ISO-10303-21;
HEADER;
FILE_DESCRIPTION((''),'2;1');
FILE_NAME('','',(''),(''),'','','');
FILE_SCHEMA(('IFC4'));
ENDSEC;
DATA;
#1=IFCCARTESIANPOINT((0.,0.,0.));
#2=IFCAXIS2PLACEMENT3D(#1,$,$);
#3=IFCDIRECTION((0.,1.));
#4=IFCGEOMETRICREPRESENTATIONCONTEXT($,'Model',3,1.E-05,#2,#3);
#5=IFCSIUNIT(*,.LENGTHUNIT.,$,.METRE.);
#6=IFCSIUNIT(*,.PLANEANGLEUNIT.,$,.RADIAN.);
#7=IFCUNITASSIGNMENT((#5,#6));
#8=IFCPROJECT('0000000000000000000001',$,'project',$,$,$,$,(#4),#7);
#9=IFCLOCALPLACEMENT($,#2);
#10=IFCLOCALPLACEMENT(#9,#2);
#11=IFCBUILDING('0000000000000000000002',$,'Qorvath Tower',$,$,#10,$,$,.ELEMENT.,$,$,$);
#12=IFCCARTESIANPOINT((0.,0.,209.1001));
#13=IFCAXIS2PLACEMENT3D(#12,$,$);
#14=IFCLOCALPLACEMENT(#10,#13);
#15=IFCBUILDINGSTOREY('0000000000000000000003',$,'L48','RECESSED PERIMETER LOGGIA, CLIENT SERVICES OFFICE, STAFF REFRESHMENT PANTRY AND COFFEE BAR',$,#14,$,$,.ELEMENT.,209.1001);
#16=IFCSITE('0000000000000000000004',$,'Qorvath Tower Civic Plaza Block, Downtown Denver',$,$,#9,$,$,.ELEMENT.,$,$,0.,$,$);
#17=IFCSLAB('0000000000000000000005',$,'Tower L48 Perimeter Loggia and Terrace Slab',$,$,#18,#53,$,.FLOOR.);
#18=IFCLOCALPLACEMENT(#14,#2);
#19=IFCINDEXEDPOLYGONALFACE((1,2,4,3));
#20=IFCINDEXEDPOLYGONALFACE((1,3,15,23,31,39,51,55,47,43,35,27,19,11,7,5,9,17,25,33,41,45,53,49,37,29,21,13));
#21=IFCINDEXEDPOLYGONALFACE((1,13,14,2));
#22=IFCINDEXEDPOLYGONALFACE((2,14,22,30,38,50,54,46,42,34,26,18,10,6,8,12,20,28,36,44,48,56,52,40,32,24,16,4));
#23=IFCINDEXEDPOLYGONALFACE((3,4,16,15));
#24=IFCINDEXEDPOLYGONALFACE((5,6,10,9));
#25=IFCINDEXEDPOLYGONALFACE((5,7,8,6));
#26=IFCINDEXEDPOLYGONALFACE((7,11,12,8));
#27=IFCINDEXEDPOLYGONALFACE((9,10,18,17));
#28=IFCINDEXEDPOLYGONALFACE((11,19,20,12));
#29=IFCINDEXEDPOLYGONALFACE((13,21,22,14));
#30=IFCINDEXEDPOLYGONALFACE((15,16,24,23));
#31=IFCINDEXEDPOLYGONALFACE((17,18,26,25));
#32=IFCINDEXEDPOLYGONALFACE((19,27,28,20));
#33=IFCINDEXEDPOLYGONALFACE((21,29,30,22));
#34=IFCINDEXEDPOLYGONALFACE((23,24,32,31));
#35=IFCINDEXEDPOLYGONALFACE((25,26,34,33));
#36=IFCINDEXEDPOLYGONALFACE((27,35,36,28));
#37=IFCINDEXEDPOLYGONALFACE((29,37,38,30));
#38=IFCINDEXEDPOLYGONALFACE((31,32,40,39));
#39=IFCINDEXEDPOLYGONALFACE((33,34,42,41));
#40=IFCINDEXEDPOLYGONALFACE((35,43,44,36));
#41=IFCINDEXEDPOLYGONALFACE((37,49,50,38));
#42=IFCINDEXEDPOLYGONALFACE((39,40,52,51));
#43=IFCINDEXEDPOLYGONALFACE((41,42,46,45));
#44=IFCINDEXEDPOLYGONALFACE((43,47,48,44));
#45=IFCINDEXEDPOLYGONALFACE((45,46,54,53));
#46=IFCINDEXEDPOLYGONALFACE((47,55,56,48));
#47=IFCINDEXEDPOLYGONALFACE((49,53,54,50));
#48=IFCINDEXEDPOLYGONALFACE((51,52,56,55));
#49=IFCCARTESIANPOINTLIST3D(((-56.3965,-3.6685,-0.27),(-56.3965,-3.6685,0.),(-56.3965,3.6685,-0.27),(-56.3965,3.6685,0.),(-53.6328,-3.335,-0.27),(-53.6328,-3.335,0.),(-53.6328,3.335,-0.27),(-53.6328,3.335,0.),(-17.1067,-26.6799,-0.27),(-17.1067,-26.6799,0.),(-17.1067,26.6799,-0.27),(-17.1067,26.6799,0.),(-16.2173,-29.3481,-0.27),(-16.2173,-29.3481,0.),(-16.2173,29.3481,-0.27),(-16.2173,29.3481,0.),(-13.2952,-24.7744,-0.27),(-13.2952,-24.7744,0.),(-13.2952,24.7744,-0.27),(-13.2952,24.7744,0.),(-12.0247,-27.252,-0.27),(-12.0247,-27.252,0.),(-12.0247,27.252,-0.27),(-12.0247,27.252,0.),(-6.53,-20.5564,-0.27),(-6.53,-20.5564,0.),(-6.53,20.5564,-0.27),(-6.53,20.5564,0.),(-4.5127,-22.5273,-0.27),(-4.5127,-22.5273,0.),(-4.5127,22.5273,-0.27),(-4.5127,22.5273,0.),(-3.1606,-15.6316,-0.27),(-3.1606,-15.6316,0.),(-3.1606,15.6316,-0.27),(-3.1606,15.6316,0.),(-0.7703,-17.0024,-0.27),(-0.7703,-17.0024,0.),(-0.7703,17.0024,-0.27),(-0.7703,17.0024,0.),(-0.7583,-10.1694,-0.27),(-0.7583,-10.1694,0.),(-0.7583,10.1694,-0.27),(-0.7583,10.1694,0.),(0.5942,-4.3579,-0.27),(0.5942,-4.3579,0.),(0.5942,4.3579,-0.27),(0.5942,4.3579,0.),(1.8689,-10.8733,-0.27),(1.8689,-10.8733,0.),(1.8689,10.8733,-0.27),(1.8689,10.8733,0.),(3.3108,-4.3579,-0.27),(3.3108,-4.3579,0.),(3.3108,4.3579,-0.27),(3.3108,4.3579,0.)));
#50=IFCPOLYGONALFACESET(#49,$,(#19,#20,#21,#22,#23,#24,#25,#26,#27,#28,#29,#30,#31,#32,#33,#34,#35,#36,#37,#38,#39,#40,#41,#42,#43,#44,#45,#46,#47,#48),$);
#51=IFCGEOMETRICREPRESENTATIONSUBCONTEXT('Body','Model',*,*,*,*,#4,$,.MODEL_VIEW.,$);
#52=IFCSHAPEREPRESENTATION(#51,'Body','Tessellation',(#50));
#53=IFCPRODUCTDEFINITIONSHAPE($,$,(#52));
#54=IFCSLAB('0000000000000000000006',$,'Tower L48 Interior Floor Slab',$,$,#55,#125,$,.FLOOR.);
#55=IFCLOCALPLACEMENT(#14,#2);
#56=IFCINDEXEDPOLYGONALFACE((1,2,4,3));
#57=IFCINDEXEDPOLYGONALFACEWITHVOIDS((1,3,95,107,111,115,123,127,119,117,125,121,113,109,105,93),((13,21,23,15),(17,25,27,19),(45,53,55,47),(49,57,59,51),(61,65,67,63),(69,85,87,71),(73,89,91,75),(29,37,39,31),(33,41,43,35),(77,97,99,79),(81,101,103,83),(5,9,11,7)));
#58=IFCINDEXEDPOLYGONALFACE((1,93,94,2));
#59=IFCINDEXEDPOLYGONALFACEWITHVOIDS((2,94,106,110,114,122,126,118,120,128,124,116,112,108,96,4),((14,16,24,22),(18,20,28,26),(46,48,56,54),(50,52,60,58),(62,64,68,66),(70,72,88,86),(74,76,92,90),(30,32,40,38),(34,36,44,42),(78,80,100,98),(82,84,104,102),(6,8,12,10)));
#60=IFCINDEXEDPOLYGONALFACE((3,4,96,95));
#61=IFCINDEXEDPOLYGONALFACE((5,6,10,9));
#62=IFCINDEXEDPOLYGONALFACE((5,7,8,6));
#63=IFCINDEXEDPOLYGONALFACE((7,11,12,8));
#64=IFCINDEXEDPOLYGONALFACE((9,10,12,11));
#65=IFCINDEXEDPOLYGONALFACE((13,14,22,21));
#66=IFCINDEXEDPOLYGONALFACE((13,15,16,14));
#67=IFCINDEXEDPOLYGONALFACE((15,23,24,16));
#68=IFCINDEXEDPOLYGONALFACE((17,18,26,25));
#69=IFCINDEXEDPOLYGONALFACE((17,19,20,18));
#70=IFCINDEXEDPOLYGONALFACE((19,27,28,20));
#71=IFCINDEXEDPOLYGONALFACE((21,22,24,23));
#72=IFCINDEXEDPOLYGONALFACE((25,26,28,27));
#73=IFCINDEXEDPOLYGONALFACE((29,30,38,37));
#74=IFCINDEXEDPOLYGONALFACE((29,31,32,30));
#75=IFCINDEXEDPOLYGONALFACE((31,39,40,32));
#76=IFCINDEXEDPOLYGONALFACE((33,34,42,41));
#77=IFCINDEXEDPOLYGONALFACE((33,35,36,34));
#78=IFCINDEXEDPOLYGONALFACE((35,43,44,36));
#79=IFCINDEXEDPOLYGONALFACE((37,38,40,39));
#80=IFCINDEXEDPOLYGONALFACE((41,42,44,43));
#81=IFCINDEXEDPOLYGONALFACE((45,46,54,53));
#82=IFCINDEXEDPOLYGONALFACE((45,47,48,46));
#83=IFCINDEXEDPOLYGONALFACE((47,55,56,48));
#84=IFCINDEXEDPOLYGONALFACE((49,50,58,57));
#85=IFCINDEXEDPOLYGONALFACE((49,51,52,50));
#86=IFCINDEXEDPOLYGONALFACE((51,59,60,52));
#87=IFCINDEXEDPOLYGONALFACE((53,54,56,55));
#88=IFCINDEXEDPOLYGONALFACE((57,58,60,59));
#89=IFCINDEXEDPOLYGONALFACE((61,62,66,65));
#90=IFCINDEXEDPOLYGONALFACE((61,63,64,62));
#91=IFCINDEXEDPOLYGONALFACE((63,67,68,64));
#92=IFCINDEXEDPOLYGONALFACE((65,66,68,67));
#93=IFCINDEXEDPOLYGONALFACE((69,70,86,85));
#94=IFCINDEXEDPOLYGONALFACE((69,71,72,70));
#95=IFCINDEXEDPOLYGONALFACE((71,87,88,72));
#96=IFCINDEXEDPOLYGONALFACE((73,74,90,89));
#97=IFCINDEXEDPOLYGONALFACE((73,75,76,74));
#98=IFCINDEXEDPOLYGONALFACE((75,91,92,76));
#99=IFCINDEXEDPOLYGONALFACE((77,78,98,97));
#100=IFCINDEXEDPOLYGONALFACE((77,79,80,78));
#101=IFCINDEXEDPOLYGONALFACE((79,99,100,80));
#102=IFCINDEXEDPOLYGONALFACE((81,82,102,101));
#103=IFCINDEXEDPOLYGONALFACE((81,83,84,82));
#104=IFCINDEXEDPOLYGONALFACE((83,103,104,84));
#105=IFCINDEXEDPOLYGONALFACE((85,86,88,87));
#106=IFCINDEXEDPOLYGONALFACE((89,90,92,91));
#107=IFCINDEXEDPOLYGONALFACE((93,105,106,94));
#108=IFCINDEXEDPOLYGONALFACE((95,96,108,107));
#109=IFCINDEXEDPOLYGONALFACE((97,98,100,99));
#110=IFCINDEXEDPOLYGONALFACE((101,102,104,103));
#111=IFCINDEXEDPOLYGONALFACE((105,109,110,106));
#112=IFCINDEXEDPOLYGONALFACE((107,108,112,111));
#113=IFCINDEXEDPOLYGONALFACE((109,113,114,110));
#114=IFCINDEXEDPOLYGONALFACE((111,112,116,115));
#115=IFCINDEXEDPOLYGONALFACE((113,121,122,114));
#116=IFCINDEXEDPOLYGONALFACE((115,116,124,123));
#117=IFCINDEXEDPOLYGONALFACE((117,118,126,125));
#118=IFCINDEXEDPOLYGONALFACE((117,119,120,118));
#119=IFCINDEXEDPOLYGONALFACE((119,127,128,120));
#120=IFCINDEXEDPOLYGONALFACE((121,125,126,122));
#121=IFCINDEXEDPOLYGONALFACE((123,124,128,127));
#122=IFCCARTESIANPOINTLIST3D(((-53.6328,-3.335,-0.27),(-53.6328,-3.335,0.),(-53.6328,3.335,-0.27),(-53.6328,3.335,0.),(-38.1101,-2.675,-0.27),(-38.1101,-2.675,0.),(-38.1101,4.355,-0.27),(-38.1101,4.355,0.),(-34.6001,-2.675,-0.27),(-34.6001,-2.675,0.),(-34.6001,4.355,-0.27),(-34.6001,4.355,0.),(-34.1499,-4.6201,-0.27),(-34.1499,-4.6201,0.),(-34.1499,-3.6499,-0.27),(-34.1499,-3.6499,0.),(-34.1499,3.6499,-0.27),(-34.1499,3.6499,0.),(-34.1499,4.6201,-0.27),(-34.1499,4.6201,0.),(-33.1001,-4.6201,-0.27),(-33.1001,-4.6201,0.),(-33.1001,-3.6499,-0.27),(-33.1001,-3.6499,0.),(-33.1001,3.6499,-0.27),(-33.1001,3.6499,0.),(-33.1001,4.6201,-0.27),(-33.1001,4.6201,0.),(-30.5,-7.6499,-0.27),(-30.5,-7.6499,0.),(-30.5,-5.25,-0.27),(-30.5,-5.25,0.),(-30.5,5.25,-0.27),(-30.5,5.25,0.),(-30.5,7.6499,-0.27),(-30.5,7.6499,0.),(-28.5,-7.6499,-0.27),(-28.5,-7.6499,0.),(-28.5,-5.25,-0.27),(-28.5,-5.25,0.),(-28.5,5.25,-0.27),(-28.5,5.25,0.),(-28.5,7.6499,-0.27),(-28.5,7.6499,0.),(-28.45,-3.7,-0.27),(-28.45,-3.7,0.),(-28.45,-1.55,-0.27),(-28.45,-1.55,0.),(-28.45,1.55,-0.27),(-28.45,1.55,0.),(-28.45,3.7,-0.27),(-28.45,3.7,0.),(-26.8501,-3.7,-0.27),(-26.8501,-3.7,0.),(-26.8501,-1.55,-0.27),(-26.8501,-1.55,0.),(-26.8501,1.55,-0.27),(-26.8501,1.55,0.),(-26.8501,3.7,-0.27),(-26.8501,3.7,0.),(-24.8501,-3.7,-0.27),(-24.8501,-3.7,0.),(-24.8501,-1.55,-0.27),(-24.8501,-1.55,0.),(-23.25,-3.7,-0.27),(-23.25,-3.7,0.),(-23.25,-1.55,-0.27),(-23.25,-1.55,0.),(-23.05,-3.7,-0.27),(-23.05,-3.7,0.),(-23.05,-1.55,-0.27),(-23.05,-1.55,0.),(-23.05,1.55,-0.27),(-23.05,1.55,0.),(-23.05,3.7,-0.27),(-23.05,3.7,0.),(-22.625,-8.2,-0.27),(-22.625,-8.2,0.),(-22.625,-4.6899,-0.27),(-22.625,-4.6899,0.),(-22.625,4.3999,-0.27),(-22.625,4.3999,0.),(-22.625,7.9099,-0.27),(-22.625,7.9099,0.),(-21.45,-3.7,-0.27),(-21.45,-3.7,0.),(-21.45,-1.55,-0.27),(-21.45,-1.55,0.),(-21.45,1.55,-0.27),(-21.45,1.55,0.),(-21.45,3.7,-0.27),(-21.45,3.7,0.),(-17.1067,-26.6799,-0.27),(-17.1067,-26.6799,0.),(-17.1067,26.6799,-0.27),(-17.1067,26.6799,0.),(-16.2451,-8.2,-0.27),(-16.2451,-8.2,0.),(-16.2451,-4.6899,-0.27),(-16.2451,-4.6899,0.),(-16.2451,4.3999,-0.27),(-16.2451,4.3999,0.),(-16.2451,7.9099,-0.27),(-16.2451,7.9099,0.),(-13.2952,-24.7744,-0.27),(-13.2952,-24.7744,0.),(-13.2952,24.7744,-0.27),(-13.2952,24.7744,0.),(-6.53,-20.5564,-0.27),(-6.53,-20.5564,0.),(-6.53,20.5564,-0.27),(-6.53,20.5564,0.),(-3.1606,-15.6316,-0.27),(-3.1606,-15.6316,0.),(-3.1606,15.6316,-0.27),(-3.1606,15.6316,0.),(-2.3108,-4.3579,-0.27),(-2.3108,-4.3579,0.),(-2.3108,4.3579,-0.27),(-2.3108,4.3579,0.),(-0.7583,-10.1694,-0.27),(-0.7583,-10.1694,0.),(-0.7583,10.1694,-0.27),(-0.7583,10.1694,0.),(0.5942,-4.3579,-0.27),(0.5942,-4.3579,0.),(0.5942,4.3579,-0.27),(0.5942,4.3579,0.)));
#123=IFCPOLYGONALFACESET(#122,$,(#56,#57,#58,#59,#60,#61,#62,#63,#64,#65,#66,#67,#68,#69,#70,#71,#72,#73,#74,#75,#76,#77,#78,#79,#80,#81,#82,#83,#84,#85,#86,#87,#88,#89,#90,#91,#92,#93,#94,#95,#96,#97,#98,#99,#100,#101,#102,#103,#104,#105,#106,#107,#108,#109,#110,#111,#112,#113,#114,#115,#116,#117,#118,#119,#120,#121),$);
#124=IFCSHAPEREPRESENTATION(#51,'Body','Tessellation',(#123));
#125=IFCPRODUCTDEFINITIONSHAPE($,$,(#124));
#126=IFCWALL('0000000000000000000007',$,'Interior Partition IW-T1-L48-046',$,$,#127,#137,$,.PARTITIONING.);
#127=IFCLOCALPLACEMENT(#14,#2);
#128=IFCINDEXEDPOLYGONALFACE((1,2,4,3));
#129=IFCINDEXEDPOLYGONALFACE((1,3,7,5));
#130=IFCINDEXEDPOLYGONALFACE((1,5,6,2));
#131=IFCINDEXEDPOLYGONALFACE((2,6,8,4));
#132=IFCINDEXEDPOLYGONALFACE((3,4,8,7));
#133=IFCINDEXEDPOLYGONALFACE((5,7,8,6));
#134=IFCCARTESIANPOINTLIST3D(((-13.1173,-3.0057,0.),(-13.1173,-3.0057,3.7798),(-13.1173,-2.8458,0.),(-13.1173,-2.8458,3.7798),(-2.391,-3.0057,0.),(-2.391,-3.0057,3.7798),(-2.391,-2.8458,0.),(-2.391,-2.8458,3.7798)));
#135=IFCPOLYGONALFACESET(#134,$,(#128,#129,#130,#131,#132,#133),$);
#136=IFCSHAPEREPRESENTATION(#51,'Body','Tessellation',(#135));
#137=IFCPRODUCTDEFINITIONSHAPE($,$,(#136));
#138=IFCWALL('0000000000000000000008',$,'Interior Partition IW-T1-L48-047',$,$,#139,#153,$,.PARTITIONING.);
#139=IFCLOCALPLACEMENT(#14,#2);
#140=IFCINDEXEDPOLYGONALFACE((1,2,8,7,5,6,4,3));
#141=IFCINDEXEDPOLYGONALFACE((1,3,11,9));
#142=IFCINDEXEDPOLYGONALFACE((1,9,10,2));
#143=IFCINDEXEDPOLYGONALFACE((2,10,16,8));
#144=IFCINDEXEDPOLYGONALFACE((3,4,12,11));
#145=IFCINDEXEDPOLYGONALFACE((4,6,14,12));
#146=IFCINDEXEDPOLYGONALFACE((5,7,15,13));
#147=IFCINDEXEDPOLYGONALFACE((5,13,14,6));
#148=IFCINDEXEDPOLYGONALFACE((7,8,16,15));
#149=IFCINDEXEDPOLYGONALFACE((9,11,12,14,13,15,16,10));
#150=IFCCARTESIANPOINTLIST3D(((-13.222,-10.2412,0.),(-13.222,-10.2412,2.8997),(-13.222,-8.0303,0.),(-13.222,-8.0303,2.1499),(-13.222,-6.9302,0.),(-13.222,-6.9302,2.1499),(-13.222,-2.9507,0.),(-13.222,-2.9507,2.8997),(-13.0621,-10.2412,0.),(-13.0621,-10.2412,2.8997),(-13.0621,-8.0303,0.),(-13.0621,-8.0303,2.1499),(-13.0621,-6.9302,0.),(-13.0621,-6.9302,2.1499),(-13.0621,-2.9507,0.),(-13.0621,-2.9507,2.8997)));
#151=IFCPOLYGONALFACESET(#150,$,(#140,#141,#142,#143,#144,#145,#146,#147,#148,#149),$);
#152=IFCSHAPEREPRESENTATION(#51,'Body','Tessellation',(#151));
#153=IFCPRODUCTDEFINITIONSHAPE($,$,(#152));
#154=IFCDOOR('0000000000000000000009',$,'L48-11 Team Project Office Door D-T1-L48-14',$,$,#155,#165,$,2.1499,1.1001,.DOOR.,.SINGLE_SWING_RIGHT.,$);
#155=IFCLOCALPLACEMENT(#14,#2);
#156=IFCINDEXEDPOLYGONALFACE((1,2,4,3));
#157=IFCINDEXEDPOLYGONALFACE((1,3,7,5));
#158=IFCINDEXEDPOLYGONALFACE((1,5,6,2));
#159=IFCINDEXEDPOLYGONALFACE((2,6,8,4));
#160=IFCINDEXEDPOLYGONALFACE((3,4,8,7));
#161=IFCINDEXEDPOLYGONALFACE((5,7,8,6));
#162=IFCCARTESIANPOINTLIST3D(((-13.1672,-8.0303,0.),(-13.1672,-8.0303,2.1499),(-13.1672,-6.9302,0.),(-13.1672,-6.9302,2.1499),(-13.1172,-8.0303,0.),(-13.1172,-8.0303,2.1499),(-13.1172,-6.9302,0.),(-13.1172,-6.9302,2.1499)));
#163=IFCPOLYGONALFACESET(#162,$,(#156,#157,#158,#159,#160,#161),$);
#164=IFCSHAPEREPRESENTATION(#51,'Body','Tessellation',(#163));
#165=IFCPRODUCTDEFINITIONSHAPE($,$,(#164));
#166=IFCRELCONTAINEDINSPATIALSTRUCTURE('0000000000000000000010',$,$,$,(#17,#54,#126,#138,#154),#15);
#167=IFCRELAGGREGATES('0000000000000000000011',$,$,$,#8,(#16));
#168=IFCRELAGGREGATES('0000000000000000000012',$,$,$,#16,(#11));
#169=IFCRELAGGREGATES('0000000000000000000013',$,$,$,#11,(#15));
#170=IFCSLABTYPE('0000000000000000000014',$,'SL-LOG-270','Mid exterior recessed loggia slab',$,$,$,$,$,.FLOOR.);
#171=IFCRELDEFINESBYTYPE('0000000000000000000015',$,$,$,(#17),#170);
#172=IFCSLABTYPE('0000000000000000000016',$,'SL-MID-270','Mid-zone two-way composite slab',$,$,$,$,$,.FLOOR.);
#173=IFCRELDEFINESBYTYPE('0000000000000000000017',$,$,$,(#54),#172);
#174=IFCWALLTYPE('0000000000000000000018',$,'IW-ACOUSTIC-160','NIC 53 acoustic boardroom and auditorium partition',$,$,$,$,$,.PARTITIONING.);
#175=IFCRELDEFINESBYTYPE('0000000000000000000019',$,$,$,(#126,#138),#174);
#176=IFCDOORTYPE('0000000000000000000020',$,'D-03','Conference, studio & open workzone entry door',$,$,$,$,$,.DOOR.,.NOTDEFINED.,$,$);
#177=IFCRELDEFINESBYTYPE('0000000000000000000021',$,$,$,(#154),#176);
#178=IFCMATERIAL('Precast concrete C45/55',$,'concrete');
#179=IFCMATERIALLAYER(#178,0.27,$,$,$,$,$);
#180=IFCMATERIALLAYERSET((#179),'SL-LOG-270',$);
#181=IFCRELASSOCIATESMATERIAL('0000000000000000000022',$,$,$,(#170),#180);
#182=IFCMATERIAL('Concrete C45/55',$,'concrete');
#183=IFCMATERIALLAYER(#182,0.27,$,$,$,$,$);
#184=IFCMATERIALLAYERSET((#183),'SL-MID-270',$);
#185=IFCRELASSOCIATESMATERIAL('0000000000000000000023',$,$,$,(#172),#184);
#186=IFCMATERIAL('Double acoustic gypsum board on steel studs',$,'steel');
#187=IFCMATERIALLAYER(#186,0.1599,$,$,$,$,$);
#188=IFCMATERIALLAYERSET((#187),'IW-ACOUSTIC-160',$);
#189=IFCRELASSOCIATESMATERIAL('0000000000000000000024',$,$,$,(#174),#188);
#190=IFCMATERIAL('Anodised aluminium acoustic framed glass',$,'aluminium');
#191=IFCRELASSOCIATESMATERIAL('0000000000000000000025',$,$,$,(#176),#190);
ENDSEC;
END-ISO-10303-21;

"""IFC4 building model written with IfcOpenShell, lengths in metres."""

from ifc_helpers import new_model, si_unit, direction, frame, frame_2d, origin, place, context, subcontext, project, spatial, polyline, rectangle, outline, extrude, material, layer, layer_set, type_object, element, fill, save


model = new_model("IFC4")

# Units and contexts
model_context = context("Model", 3, precision=1e-05, world=origin(), true_north=direction((0.0, 1.0)))
body_context = subcontext(model_context, "Body", "Model", "MODEL_VIEW")
ifc_project = project(units=[si_unit("LENGTHUNIT", "METRE"), si_unit("PLANEANGLEUNIT", "RADIAN")], contexts=[model_context])

# Site, building, storey
site_placement = place(None, origin())
site = spatial("IfcSite", under=ifc_project, at=site_placement, Name="Qorvath Tower Civic Plaza Block, Downtown Denver", CompositionType="ELEMENT", RefElevation=0.0)
building_placement = place(site_placement, origin())
building = spatial("IfcBuilding", under=site, at=building_placement, Name="Qorvath Tower", CompositionType="ELEMENT")
storey_placement = place(building_placement, frame((0.0, 0.0, 209.1001)))
storey = spatial("IfcBuildingStorey", under=building, at=storey_placement, Name="L48", Description="RECESSED PERIMETER LOGGIA, CLIENT SERVICES OFFICE, STAFF REFRESHMENT PANTRY AND COFFEE BAR", CompositionType="ELEMENT", Elevation=209.1001)

# Slabs
ifc_material_1 = material(Name="Precast concrete C45/55", Category="concrete")
ifc_layer_1 = layer(ifc_material_1, 0.27)
ifc_layer_set_1 = layer_set([ifc_layer_1], Name="SL-LOG-270")
slab_type_1 = type_object("IfcSlabType", Name="SL-LOG-270", Description="Mid exterior recessed loggia slab", PredefinedType="FLOOR", material=ifc_layer_set_1)
slab_1_placement = place(storey_placement, frame((0.0, 0.0, -0.27)))
element("IfcSlab", 1, at=slab_1_placement, inside=storey, type_object=slab_type_1, Name="Tower L48 Perimeter Loggia and Terrace Slab", PredefinedType="FLOOR", context=body_context, shape_type="SweptSolid", body=[
    extrude(outline(polyline([(-12.0247, 27.252), (-16.2173, 29.3481), (-56.3965, 3.6685), (-56.3965, -3.6685), (-16.2173, -29.3481), (-12.0247, -27.252), (-4.5127, -22.5273), (-0.7703, -17.0024), (1.8689, -10.8733), (3.3108, -4.3579), (0.5942, -4.3579), (-0.7583, -10.1694), (-3.1606, -15.6316), (-6.53, -20.5564), (-13.2952, -24.7744), (-17.1067, -26.6799), (-53.6328, -3.335), (-53.6328, 3.335), (-17.1067, 26.6799), (-13.2952, 24.7744), (-6.53, 20.5564), (-3.1606, 15.6316), (-0.7583, 10.1694), (0.5942, 4.3579), (3.3108, 4.3579), (1.8689, 10.8733), (-0.7703, 17.0024), (-4.5127, 22.5273), (-12.0247, 27.252)])), origin(), (0.0, 0.0, 1.0), 0.27),
])
ifc_material_2 = material(Name="Concrete C45/55", Category="concrete")
ifc_layer_2 = layer(ifc_material_2, 0.27)
ifc_layer_set_2 = layer_set([ifc_layer_2], Name="SL-MID-270")
slab_type_2 = type_object("IfcSlabType", Name="SL-MID-270", Description="Mid-zone two-way composite slab", PredefinedType="FLOOR", material=ifc_layer_set_2)
slab_2_placement = place(storey_placement, frame((0.0, 0.0, -0.27)))
element("IfcSlab", 2, at=slab_2_placement, inside=storey, type_object=slab_type_2, Name="Tower L48 Interior Floor Slab", PredefinedType="FLOOR", context=body_context, shape_type="SweptSolid", body=[
    extrude(outline(polyline([(-53.6328, 3.335), (-53.6328, -3.335), (-17.1067, -26.6799), (-13.2952, -24.7744), (-6.53, -20.5564), (-3.1606, -15.6316), (-0.7583, -10.1694), (0.5942, -4.3579), (-2.3108, -4.3579), (-2.3108, 4.3579), (0.5942, 4.3579), (-0.7583, 10.1694), (-3.1606, 15.6316), (-6.53, 20.5564), (-13.2952, 24.7744), (-17.1067, 26.6799), (-53.6328, 3.335)]), holes=[polyline([(-16.2451, -8.2), (-22.625, -8.2), (-22.625, -4.6899), (-16.2451, -4.6899), (-16.2451, -8.2)]), polyline([(-22.625, 4.3999), (-22.625, 7.9099), (-16.2451, 7.9099), (-16.2451, 4.3999), (-22.625, 4.3999)]), polyline([(-21.45, -3.7), (-23.05, -3.7), (-23.05, -1.55), (-21.45, -1.55), (-21.45, -3.7)]), polyline([(-23.05, 1.55), (-23.05, 3.7), (-21.45, 3.7), (-21.45, 1.55), (-23.05, 1.55)]), polyline([(-24.8501, -3.7), (-24.8501, -1.55), (-23.25, -1.55), (-23.25, -3.7), (-24.8501, -3.7)]), polyline([(-28.45, -3.7), (-28.45, -1.55), (-26.8501, -1.55), (-26.8501, -3.7), (-28.45, -3.7)]), polyline([(-26.8501, 1.55), (-28.45, 1.55), (-28.45, 3.7), (-26.8501, 3.7), (-26.8501, 1.55)]), polyline([(-28.5, -7.6499), (-30.5, -7.6499), (-30.5, -5.25), (-28.5, -5.25), (-28.5, -7.6499)]), polyline([(-30.5, 5.25), (-30.5, 7.6499), (-28.5, 7.6499), (-28.5, 5.25), (-30.5, 5.25)]), polyline([(-34.1499, -4.6201), (-34.1499, -3.6499), (-33.1001, -3.6499), (-33.1001, -4.6201), (-34.1499, -4.6201)]), polyline([(-34.1499, 3.6499), (-34.1499, 4.6201), (-33.1001, 4.6201), (-33.1001, 3.6499), (-34.1499, 3.6499)]), polyline([(-34.6001, -2.675), (-38.1101, -2.675), (-38.1101, 4.355), (-34.6001, 4.355), (-34.6001, -2.675)])]), origin(), (0.0, 0.0, 1.0), 0.27),
])

# Wall
ifc_material_3 = material(Name="Double acoustic gypsum board on steel studs", Category="steel")
ifc_layer_3 = layer(ifc_material_3, 0.1599)
ifc_layer_set_3 = layer_set([ifc_layer_3], Name="IW-ACOUSTIC-160")
wall_type_1 = type_object("IfcWallType", Name="IW-ACOUSTIC-160", Description="NIC 53 acoustic boardroom and auditorium partition", PredefinedType="PARTITIONING", material=ifc_layer_set_3)
wall_1_placement = place(storey_placement, frame((-2.3909, -2.9258, 0.0), z_axis=(0.0, 0.0, 1.0), x_axis=(-1.0, 0.0, 0.0)))
element("IfcWall", 3, at=wall_1_placement, inside=storey, type_object=wall_type_1, Name="Interior Partition IW-T1-L48-046", PredefinedType="PARTITIONING", context=body_context, shape_type="SweptSolid", body=[
    extrude(rectangle(XDim=10.7263, YDim=0.1599, at=frame_2d((5.3633, 0.0))), origin(), (0.0, 0.0, 1.0), 3.7798),
])

# Wall, opening, door
wall_2_placement = place(storey_placement, frame((-13.1421, -2.9507, 0.0), z_axis=(0.0, 0.0, 1.0), x_axis=(0.0, -1.0, 0.0)))
wall_2 = element("IfcWall", 4, at=wall_2_placement, inside=storey, type_object=wall_type_1, Name="Interior Partition IW-T1-L48-047", PredefinedType="PARTITIONING", context=body_context, shape_type="SweptSolid", body=[
    extrude(rectangle(XDim=7.2905, YDim=0.1599, at=frame_2d((3.6453, 0.0))), origin(), (0.0, 0.0, 1.0), 2.8997),
])
opening_1_placement = place(wall_2_placement, frame((3.9795, 0.0, 0.0)))
opening_1 = element("IfcOpeningElement", 5, at=opening_1_placement, cuts=wall_2, PredefinedType="OPENING", context=body_context, shape_type="SweptSolid", body=[
    extrude(rectangle(XDim=1.1001, YDim=2.1499, at=frame_2d((0.55, 1.075))), frame((0.0, 0.0898, 0.0), z_axis=(0.0, -1.0, 0.0), x_axis=(1.0, 0.0, 0.0)), (0.0, 0.0, 1.0), 0.1799),
])
ifc_material_4 = material(Name="Anodised aluminium acoustic framed glass", Category="aluminium")
door_type_1 = type_object("IfcDoorType", Name="D-03", Description="Conference, studio & open workzone entry door", OperationType="NOTDEFINED", PredefinedType="DOOR", material=ifc_material_4)
door_1_placement = place(opening_1_placement, origin())
door_1 = element("IfcDoor", 6, at=door_1_placement, inside=storey, type_object=door_type_1, Name="L48-11 Team Project Office Door D-T1-L48-14", OperationType="SINGLE_SWING_RIGHT", OverallHeight=2.1499, OverallWidth=1.1001, PredefinedType="DOOR", context=body_context, shape_type="SweptSolid", body=[
    extrude(rectangle(XDim=1.1001, YDim=2.1499, at=frame_2d((0.55, 1.075))), frame((0.0, 0.0249, 0.0), z_axis=(0.0, -1.0, 0.0), x_axis=(1.0, 0.0, 0.0)), (0.0, 0.0, 1.0), 0.05),
])
fill(opening_1, door_1)

save(model, "model.ifc")
